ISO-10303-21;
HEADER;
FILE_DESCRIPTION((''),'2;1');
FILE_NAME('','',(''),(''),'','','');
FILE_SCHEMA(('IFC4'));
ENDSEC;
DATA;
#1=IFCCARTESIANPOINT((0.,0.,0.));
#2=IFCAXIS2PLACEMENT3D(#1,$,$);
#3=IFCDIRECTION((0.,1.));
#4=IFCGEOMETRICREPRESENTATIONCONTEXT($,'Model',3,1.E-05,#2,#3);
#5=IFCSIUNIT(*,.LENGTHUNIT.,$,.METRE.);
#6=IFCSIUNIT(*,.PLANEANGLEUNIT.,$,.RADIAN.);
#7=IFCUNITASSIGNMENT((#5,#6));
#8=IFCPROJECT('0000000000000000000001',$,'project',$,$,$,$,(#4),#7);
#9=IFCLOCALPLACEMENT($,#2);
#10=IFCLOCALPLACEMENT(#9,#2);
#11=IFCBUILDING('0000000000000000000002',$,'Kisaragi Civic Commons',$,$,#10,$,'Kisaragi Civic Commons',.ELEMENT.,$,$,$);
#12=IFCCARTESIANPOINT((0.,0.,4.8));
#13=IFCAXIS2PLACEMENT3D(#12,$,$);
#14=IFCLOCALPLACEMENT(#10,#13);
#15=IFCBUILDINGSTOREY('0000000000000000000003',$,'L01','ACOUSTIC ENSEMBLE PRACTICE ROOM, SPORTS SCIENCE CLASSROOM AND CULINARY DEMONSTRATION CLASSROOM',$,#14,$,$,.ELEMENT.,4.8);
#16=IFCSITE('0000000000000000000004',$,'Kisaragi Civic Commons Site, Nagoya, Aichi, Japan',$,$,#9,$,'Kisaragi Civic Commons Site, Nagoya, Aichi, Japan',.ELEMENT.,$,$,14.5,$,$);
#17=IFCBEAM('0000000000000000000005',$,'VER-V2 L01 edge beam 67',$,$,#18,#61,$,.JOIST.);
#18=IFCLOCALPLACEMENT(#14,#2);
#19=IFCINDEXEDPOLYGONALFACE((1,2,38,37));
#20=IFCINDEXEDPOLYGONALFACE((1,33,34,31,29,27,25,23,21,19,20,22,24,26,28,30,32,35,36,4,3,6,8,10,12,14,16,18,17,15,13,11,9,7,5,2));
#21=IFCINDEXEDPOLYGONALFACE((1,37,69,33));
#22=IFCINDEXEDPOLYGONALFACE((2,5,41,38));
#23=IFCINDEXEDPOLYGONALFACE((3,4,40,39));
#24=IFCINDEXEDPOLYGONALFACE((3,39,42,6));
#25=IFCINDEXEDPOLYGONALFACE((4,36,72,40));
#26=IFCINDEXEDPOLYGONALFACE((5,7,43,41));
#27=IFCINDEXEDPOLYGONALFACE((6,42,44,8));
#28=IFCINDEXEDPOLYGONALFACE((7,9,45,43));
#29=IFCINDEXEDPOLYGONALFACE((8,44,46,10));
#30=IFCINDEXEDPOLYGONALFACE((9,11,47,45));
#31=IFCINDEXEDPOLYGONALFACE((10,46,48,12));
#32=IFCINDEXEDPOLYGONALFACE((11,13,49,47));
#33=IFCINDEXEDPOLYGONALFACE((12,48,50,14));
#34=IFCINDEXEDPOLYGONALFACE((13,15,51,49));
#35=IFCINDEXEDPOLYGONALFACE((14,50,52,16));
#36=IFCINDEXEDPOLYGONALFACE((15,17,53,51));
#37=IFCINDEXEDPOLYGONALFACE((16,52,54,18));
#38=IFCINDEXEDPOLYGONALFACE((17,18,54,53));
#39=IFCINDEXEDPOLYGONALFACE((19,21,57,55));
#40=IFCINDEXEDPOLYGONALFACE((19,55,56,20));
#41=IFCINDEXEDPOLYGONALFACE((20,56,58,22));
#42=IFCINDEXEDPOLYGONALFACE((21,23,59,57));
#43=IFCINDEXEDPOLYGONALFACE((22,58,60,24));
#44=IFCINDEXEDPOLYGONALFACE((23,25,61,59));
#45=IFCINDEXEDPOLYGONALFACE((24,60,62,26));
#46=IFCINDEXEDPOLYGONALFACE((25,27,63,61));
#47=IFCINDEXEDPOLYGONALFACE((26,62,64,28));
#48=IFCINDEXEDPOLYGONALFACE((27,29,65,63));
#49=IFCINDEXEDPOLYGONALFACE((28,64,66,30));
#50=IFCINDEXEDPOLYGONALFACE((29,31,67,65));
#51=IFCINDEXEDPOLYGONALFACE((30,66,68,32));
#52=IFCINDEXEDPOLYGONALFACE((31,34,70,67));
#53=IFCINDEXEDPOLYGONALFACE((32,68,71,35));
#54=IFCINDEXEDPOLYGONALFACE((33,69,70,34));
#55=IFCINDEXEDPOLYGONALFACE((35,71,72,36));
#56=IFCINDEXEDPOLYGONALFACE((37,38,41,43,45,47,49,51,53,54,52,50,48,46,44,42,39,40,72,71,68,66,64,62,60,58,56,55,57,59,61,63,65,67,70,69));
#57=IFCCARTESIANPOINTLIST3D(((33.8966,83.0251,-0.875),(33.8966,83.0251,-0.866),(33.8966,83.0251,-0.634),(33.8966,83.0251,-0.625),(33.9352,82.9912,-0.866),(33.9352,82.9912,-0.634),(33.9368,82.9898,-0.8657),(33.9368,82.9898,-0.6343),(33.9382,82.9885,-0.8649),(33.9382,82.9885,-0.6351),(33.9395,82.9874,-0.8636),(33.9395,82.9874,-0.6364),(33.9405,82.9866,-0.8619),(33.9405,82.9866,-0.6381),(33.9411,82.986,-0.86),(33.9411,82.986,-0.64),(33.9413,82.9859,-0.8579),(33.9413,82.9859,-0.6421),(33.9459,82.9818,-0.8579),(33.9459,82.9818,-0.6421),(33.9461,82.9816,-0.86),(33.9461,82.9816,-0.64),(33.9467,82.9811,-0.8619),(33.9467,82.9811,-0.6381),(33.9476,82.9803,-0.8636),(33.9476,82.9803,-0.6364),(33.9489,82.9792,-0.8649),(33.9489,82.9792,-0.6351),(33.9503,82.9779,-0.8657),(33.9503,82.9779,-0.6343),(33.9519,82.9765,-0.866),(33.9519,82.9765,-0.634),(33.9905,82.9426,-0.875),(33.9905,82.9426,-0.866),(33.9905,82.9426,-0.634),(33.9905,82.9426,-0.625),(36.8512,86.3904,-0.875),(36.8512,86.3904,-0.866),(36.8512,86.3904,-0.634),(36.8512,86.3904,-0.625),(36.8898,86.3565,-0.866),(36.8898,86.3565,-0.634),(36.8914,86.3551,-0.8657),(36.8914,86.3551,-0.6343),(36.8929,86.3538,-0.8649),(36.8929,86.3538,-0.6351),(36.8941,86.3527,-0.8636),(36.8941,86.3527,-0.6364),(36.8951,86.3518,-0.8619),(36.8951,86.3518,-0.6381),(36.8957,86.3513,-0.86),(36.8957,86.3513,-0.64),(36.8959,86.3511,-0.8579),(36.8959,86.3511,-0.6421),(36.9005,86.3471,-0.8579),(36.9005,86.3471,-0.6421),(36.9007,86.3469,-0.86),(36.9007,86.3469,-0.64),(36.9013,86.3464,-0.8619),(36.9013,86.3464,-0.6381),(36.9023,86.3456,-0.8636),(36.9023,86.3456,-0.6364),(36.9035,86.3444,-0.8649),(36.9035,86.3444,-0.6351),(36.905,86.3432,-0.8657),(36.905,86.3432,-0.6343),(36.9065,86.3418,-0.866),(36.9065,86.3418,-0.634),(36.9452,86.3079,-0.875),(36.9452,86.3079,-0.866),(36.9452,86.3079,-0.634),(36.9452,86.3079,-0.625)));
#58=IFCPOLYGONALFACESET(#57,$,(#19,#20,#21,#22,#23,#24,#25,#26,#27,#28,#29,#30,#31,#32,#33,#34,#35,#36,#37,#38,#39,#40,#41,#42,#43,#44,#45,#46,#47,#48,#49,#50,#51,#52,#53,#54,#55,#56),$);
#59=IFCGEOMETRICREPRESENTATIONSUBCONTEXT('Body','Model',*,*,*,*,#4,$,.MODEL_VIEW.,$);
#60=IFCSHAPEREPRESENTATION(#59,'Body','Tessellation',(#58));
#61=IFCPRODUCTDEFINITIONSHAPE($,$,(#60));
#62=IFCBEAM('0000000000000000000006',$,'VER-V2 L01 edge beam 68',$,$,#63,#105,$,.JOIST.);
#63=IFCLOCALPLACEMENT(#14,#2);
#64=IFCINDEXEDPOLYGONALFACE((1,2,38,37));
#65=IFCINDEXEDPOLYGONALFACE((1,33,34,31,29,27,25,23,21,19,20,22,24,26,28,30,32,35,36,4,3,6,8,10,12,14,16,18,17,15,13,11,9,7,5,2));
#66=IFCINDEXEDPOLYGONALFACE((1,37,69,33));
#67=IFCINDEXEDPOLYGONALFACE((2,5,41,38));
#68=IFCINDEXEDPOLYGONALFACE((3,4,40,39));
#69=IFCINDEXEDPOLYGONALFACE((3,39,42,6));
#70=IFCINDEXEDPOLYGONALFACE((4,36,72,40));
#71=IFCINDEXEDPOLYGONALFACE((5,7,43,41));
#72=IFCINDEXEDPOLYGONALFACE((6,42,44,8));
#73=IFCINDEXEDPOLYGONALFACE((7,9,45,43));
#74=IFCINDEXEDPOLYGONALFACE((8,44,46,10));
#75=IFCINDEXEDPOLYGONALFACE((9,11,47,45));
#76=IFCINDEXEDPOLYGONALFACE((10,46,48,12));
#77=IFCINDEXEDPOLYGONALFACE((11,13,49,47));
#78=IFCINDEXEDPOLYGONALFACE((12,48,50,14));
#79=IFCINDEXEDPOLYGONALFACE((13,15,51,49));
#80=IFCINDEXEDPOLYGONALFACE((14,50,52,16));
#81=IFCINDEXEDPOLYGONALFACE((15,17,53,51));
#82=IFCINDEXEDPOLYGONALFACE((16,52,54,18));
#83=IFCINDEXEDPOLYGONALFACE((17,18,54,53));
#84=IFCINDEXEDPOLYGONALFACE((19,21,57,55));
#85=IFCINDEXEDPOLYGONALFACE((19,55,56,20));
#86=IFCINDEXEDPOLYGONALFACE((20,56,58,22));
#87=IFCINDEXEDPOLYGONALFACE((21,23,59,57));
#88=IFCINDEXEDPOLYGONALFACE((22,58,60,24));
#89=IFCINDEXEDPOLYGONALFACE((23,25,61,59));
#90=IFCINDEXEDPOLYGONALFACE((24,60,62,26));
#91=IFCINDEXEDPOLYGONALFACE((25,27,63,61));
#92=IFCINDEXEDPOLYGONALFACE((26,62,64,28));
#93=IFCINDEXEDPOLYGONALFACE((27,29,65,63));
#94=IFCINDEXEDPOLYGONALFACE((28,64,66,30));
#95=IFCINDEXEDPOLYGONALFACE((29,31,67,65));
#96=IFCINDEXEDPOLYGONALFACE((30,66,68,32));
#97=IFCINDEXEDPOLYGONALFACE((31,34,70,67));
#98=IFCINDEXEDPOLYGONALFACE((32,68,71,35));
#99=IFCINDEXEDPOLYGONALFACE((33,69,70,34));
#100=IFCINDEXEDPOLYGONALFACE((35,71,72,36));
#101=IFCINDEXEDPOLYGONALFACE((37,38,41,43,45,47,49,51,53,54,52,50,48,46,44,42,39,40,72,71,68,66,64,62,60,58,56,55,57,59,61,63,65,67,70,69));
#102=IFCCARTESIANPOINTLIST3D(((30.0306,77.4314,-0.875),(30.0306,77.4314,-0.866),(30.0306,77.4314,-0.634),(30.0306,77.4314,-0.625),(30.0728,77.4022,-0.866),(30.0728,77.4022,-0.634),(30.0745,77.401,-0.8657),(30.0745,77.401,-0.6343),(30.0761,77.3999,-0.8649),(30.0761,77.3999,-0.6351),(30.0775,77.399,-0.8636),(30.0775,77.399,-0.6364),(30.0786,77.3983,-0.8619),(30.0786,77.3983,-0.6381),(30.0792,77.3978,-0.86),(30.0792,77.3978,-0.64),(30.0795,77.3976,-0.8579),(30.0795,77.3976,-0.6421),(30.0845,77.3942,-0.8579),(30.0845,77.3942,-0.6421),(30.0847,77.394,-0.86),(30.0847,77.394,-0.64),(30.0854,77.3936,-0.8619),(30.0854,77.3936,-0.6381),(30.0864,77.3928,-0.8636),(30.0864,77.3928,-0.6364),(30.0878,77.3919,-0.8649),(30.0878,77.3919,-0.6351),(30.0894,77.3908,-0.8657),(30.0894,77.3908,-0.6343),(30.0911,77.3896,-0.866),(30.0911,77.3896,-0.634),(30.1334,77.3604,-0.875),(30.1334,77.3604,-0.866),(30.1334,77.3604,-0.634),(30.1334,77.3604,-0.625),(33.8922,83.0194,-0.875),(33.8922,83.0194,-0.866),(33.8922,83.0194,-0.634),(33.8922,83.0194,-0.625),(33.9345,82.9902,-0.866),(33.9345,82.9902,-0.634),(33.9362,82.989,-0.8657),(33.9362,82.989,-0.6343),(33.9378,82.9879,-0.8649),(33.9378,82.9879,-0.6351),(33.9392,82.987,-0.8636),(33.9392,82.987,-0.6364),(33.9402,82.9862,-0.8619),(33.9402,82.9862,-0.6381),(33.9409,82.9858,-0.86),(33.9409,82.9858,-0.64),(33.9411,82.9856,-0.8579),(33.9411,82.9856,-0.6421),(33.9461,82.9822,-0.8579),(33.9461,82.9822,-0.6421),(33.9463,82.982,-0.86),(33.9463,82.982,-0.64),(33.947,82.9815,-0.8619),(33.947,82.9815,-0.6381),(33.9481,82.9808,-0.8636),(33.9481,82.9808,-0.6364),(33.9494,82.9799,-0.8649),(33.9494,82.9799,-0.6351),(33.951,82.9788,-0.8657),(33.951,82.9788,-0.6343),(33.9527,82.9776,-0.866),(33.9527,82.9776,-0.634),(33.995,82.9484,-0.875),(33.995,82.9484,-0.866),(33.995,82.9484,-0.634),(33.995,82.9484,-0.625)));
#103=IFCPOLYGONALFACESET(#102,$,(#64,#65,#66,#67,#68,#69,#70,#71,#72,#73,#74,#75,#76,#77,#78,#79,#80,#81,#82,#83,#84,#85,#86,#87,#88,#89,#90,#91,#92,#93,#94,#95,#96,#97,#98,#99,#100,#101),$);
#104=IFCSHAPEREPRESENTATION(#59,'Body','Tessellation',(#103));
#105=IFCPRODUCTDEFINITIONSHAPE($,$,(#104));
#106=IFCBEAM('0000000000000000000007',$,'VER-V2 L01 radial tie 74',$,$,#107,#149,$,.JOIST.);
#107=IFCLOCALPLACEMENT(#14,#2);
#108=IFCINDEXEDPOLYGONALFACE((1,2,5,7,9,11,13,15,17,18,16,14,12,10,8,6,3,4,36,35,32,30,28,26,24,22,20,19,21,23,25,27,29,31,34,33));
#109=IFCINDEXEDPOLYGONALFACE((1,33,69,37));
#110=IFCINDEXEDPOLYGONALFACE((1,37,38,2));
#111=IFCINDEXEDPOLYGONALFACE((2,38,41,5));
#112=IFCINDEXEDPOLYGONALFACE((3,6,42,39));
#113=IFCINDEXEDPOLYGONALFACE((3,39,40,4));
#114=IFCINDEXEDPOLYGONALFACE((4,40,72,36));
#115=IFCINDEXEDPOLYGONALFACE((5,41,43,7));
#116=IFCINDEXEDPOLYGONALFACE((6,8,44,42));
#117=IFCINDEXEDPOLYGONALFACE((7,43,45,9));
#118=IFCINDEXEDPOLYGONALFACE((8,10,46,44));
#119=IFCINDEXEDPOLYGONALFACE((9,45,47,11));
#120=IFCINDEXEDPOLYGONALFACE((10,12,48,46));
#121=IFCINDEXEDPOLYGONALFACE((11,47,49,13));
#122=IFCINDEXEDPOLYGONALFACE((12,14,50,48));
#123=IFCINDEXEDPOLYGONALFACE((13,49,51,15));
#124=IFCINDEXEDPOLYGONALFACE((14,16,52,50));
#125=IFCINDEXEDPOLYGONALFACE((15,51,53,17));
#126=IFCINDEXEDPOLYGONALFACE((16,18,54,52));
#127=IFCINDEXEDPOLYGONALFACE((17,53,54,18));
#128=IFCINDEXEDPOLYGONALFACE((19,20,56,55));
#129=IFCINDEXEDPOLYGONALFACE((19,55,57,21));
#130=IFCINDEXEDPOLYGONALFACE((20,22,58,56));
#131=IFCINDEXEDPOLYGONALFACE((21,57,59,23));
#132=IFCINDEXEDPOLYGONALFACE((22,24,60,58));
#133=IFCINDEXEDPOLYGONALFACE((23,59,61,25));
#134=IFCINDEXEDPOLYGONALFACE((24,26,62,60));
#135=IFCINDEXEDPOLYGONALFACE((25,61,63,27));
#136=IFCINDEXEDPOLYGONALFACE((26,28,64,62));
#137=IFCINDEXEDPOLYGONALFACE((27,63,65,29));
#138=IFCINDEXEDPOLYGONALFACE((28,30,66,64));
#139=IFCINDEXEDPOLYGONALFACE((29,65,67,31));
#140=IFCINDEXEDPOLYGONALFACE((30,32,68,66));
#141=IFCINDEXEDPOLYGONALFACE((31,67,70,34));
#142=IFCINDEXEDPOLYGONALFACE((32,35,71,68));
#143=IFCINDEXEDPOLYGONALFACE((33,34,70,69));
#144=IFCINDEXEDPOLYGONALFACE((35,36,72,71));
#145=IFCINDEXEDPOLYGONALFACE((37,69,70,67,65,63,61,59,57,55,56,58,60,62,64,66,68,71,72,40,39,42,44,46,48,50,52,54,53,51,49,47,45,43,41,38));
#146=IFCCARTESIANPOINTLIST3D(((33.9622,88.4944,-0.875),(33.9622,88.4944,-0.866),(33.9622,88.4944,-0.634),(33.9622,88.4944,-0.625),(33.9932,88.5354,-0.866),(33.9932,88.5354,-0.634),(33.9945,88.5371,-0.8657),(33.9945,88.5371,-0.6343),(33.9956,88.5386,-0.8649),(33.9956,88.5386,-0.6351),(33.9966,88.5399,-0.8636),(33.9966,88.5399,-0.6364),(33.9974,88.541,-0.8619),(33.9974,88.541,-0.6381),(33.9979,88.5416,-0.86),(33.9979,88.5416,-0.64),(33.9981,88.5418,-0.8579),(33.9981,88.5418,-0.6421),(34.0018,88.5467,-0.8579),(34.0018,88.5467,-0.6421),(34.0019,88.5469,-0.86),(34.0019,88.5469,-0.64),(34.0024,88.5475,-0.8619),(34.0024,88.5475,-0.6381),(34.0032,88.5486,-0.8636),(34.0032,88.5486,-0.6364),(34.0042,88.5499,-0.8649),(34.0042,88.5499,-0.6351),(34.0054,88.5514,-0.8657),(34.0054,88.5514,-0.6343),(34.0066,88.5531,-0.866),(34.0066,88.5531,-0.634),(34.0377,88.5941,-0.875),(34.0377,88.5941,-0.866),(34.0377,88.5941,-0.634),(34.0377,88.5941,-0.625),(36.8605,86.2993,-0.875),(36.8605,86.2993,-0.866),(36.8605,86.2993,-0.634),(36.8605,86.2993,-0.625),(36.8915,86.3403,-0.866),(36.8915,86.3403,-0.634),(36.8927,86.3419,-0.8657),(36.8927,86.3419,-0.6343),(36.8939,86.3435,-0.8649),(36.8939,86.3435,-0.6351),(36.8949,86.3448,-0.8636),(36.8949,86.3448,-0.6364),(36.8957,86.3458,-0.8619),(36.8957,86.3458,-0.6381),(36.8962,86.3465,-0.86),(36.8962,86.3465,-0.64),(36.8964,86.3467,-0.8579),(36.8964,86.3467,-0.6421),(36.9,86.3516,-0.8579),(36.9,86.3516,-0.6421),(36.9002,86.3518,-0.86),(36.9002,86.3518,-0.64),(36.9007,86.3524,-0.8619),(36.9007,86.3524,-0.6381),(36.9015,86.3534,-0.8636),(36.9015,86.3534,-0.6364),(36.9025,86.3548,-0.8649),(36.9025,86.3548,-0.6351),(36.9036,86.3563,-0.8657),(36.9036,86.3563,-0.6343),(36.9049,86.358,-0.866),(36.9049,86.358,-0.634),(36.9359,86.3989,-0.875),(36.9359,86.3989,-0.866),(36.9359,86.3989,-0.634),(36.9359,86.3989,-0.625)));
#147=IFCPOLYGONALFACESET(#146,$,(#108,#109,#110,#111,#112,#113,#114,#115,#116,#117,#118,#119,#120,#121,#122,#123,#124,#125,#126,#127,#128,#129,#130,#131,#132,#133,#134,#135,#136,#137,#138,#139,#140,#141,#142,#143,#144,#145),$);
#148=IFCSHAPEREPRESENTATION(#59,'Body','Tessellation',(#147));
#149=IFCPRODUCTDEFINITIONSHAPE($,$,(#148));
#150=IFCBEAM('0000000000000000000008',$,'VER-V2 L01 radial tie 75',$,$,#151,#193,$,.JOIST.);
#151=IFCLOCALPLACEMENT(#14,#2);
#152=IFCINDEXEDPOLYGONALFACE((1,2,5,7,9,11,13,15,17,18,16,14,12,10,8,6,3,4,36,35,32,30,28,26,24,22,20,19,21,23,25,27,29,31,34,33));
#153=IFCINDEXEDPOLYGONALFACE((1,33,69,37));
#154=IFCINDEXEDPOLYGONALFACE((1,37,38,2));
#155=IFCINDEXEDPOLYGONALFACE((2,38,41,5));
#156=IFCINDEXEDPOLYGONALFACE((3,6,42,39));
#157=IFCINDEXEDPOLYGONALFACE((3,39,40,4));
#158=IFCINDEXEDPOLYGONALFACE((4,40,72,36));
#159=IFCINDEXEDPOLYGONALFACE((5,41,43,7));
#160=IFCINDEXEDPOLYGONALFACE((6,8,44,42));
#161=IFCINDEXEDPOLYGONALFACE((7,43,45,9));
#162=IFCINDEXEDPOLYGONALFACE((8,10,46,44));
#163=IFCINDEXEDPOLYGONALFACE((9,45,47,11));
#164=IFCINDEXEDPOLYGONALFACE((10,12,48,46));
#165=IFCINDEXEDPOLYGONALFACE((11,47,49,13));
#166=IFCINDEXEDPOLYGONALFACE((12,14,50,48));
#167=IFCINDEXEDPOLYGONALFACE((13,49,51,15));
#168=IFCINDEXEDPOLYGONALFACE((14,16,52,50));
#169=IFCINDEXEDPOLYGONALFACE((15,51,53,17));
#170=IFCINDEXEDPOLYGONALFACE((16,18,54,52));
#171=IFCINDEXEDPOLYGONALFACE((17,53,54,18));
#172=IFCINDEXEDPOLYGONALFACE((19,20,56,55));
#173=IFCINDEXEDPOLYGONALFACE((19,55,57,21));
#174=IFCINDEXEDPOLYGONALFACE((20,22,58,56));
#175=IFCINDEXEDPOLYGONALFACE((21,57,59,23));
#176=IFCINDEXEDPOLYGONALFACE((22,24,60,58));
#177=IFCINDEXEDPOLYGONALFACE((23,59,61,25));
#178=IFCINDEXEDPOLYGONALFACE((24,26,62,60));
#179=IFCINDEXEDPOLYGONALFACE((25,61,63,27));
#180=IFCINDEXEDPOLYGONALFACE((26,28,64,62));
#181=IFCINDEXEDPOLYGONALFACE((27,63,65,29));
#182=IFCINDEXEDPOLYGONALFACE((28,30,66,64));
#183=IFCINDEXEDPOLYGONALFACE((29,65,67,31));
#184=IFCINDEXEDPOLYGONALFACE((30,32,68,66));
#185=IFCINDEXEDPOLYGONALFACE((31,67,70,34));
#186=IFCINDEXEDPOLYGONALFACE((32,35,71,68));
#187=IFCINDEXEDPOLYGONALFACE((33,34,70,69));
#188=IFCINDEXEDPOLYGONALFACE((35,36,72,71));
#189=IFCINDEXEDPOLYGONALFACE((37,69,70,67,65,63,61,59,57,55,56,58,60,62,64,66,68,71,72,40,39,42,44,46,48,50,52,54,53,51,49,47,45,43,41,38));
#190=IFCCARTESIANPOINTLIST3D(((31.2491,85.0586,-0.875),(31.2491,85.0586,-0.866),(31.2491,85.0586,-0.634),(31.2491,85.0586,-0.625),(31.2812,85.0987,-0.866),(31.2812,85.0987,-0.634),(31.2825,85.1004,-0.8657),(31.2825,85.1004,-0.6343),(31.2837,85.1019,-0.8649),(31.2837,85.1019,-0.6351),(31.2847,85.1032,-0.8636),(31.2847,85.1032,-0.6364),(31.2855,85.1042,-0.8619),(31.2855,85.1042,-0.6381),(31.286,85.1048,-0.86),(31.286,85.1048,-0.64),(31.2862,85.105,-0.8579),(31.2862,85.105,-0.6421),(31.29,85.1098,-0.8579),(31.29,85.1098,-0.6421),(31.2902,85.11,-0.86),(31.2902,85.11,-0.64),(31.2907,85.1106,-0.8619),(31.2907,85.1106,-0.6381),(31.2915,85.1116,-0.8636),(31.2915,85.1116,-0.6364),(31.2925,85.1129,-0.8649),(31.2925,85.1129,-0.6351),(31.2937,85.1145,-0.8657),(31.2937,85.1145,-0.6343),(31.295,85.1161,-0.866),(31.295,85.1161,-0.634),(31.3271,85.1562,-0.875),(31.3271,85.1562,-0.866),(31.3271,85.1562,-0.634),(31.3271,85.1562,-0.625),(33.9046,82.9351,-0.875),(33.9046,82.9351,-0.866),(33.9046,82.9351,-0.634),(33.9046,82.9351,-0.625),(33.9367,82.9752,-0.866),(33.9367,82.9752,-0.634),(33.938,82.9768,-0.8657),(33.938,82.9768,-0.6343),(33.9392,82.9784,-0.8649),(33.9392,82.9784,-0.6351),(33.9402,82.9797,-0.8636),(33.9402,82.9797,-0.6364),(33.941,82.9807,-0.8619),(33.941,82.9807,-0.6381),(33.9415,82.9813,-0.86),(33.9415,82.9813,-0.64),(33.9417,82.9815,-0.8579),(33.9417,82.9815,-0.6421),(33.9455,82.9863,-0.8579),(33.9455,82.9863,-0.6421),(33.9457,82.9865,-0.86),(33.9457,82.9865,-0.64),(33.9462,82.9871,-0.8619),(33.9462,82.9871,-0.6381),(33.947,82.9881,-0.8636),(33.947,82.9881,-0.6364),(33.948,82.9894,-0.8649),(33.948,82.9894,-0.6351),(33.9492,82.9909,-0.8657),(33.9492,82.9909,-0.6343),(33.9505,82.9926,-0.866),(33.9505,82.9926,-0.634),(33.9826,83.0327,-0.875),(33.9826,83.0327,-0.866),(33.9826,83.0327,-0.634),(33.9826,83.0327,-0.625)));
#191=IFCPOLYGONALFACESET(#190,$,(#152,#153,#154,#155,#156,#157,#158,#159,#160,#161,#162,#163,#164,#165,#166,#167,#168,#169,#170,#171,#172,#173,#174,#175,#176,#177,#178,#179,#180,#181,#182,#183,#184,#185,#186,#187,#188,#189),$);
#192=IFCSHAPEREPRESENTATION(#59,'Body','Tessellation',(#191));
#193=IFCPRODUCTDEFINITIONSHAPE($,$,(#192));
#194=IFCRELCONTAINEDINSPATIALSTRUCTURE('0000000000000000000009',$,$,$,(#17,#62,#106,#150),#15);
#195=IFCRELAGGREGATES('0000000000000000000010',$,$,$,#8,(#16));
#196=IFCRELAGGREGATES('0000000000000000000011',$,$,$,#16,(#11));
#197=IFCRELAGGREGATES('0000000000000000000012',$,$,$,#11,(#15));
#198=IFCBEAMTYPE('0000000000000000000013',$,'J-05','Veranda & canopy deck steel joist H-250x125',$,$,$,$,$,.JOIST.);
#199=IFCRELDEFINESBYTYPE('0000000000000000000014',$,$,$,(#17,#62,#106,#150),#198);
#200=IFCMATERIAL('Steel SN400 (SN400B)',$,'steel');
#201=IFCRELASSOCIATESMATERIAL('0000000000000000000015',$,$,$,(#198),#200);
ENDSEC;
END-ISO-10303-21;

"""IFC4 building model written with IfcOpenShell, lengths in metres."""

from ifc_helpers import new_model, si_unit, direction, frame, origin, origin_2d, place, context, subcontext, project, spatial, i_section, extrude, material, material_profile, profile_set, type_object, element, save


model = new_model("IFC4")

# Units and contexts
model_context = context("Model", 3, precision=1e-05, world=origin(), true_north=direction((0.0, 1.0)))
body_context = subcontext(model_context, "Body", "Model", "MODEL_VIEW")
ifc_project = project(units=[si_unit("LENGTHUNIT", "METRE"), si_unit("PLANEANGLEUNIT", "RADIAN")], contexts=[model_context])

# Site, building, storey
site_placement = place(None, origin())
site = spatial("IfcSite", under=ifc_project, at=site_placement, Name="Kisaragi Civic Commons Site, Nagoya, Aichi, Japan", LongName="Kisaragi Civic Commons Site, Nagoya, Aichi, Japan", CompositionType="ELEMENT", RefElevation=14.5)
building_placement = place(site_placement, origin())
building = spatial("IfcBuilding", under=site, at=building_placement, Name="Kisaragi Civic Commons", LongName="Kisaragi Civic Commons", CompositionType="ELEMENT")
storey_placement = place(building_placement, frame((0.0, 0.0, 4.8)))
storey = spatial("IfcBuildingStorey", under=building, at=storey_placement, Name="L01", Description="ACOUSTIC ENSEMBLE PRACTICE ROOM, SPORTS SCIENCE CLASSROOM AND CULINARY DEMONSTRATION CLASSROOM", CompositionType="ELEMENT", Elevation=4.8)

# Beams
ifc_material_1 = material(Name="Steel SN400 (SN400B)", Category="steel")
ifc_material_profile_1 = material_profile(ifc_material_1, i_section(OverallWidth=0.125, OverallDepth=0.25, WebThickness=0.0061, FlangeThickness=0.009, FilletRadius=0.0081, at=origin_2d()), Name="H-250x125x6x9", Category="steel")
ifc_profile_set_1 = profile_set([ifc_material_profile_1], Name="Steel SN400 (SN400B)")
beam_type_1 = type_object("IfcBeamType", Name="J-05", Description="Veranda & canopy deck steel joist H-250x125", PredefinedType="JOIST", material=ifc_profile_set_1)
beam_1_placement = place(storey_placement, frame((36.8982, 86.3491, -0.75), z_axis=(-0.65977, -0.751468, 0.0), x_axis=(0.751468, -0.65977, 0.0)))
element("IfcBeam", 1, at=beam_1_placement, inside=storey, type_object=beam_type_1, Name="VER-V2 L01 edge beam 67", PredefinedType="JOIST", context=body_context, shape_type="SweptSolid", body=[
    extrude(i_section(OverallWidth=0.125, OverallDepth=0.25, WebThickness=0.0061, FlangeThickness=0.009, FilletRadius=0.0081, at=origin_2d()), origin(), (0.0, 0.0, 1.0), 4.4783),
])
beam_2_placement = place(storey_placement, frame((33.9436, 82.9839, -0.75), z_axis=(-0.568516, -0.822672, 0.0), x_axis=(0.822672, -0.568516, 0.0)))
element("IfcBeam", 2, at=beam_2_placement, inside=storey, type_object=beam_type_1, Name="VER-V2 L01 edge beam 68", PredefinedType="JOIST", context=body_context, shape_type="SweptSolid", body=[
    extrude(i_section(OverallWidth=0.125, OverallDepth=0.25, WebThickness=0.0061, FlangeThickness=0.009, FilletRadius=0.0081, at=origin_2d()), origin(), (0.0, 0.0, 1.0), 6.7925),
])
beam_3_placement = place(storey_placement, frame((36.8982, 86.3491, -0.75), z_axis=(-0.797163, 0.603765, 0.0), x_axis=(-0.603765, -0.797163, 0.0)))
element("IfcBeam", 3, at=beam_3_placement, inside=storey, type_object=beam_type_1, Name="VER-V2 L01 radial tie 74", PredefinedType="JOIST", context=body_context, shape_type="SweptSolid", body=[
    extrude(i_section(OverallWidth=0.125, OverallDepth=0.25, WebThickness=0.0061, FlangeThickness=0.009, FilletRadius=0.0081, at=origin_2d()), origin(), (0.0, 0.0, 1.0), 3.6357),
])
beam_4_placement = place(storey_placement, frame((33.9436, 82.9839, -0.75), z_axis=(-0.780995, 0.624537, 0.0), x_axis=(-0.624537, -0.780995, 0.0)))
element("IfcBeam", 4, at=beam_4_placement, inside=storey, type_object=beam_type_1, Name="VER-V2 L01 radial tie 75", PredefinedType="JOIST", context=body_context, shape_type="SweptSolid", body=[
    extrude(i_section(OverallWidth=0.125, OverallDepth=0.25, WebThickness=0.0061, FlangeThickness=0.009, FilletRadius=0.0081, at=origin_2d()), origin(), (0.0, 0.0, 1.0), 3.4001),
])

save(model, "model.ifc")
